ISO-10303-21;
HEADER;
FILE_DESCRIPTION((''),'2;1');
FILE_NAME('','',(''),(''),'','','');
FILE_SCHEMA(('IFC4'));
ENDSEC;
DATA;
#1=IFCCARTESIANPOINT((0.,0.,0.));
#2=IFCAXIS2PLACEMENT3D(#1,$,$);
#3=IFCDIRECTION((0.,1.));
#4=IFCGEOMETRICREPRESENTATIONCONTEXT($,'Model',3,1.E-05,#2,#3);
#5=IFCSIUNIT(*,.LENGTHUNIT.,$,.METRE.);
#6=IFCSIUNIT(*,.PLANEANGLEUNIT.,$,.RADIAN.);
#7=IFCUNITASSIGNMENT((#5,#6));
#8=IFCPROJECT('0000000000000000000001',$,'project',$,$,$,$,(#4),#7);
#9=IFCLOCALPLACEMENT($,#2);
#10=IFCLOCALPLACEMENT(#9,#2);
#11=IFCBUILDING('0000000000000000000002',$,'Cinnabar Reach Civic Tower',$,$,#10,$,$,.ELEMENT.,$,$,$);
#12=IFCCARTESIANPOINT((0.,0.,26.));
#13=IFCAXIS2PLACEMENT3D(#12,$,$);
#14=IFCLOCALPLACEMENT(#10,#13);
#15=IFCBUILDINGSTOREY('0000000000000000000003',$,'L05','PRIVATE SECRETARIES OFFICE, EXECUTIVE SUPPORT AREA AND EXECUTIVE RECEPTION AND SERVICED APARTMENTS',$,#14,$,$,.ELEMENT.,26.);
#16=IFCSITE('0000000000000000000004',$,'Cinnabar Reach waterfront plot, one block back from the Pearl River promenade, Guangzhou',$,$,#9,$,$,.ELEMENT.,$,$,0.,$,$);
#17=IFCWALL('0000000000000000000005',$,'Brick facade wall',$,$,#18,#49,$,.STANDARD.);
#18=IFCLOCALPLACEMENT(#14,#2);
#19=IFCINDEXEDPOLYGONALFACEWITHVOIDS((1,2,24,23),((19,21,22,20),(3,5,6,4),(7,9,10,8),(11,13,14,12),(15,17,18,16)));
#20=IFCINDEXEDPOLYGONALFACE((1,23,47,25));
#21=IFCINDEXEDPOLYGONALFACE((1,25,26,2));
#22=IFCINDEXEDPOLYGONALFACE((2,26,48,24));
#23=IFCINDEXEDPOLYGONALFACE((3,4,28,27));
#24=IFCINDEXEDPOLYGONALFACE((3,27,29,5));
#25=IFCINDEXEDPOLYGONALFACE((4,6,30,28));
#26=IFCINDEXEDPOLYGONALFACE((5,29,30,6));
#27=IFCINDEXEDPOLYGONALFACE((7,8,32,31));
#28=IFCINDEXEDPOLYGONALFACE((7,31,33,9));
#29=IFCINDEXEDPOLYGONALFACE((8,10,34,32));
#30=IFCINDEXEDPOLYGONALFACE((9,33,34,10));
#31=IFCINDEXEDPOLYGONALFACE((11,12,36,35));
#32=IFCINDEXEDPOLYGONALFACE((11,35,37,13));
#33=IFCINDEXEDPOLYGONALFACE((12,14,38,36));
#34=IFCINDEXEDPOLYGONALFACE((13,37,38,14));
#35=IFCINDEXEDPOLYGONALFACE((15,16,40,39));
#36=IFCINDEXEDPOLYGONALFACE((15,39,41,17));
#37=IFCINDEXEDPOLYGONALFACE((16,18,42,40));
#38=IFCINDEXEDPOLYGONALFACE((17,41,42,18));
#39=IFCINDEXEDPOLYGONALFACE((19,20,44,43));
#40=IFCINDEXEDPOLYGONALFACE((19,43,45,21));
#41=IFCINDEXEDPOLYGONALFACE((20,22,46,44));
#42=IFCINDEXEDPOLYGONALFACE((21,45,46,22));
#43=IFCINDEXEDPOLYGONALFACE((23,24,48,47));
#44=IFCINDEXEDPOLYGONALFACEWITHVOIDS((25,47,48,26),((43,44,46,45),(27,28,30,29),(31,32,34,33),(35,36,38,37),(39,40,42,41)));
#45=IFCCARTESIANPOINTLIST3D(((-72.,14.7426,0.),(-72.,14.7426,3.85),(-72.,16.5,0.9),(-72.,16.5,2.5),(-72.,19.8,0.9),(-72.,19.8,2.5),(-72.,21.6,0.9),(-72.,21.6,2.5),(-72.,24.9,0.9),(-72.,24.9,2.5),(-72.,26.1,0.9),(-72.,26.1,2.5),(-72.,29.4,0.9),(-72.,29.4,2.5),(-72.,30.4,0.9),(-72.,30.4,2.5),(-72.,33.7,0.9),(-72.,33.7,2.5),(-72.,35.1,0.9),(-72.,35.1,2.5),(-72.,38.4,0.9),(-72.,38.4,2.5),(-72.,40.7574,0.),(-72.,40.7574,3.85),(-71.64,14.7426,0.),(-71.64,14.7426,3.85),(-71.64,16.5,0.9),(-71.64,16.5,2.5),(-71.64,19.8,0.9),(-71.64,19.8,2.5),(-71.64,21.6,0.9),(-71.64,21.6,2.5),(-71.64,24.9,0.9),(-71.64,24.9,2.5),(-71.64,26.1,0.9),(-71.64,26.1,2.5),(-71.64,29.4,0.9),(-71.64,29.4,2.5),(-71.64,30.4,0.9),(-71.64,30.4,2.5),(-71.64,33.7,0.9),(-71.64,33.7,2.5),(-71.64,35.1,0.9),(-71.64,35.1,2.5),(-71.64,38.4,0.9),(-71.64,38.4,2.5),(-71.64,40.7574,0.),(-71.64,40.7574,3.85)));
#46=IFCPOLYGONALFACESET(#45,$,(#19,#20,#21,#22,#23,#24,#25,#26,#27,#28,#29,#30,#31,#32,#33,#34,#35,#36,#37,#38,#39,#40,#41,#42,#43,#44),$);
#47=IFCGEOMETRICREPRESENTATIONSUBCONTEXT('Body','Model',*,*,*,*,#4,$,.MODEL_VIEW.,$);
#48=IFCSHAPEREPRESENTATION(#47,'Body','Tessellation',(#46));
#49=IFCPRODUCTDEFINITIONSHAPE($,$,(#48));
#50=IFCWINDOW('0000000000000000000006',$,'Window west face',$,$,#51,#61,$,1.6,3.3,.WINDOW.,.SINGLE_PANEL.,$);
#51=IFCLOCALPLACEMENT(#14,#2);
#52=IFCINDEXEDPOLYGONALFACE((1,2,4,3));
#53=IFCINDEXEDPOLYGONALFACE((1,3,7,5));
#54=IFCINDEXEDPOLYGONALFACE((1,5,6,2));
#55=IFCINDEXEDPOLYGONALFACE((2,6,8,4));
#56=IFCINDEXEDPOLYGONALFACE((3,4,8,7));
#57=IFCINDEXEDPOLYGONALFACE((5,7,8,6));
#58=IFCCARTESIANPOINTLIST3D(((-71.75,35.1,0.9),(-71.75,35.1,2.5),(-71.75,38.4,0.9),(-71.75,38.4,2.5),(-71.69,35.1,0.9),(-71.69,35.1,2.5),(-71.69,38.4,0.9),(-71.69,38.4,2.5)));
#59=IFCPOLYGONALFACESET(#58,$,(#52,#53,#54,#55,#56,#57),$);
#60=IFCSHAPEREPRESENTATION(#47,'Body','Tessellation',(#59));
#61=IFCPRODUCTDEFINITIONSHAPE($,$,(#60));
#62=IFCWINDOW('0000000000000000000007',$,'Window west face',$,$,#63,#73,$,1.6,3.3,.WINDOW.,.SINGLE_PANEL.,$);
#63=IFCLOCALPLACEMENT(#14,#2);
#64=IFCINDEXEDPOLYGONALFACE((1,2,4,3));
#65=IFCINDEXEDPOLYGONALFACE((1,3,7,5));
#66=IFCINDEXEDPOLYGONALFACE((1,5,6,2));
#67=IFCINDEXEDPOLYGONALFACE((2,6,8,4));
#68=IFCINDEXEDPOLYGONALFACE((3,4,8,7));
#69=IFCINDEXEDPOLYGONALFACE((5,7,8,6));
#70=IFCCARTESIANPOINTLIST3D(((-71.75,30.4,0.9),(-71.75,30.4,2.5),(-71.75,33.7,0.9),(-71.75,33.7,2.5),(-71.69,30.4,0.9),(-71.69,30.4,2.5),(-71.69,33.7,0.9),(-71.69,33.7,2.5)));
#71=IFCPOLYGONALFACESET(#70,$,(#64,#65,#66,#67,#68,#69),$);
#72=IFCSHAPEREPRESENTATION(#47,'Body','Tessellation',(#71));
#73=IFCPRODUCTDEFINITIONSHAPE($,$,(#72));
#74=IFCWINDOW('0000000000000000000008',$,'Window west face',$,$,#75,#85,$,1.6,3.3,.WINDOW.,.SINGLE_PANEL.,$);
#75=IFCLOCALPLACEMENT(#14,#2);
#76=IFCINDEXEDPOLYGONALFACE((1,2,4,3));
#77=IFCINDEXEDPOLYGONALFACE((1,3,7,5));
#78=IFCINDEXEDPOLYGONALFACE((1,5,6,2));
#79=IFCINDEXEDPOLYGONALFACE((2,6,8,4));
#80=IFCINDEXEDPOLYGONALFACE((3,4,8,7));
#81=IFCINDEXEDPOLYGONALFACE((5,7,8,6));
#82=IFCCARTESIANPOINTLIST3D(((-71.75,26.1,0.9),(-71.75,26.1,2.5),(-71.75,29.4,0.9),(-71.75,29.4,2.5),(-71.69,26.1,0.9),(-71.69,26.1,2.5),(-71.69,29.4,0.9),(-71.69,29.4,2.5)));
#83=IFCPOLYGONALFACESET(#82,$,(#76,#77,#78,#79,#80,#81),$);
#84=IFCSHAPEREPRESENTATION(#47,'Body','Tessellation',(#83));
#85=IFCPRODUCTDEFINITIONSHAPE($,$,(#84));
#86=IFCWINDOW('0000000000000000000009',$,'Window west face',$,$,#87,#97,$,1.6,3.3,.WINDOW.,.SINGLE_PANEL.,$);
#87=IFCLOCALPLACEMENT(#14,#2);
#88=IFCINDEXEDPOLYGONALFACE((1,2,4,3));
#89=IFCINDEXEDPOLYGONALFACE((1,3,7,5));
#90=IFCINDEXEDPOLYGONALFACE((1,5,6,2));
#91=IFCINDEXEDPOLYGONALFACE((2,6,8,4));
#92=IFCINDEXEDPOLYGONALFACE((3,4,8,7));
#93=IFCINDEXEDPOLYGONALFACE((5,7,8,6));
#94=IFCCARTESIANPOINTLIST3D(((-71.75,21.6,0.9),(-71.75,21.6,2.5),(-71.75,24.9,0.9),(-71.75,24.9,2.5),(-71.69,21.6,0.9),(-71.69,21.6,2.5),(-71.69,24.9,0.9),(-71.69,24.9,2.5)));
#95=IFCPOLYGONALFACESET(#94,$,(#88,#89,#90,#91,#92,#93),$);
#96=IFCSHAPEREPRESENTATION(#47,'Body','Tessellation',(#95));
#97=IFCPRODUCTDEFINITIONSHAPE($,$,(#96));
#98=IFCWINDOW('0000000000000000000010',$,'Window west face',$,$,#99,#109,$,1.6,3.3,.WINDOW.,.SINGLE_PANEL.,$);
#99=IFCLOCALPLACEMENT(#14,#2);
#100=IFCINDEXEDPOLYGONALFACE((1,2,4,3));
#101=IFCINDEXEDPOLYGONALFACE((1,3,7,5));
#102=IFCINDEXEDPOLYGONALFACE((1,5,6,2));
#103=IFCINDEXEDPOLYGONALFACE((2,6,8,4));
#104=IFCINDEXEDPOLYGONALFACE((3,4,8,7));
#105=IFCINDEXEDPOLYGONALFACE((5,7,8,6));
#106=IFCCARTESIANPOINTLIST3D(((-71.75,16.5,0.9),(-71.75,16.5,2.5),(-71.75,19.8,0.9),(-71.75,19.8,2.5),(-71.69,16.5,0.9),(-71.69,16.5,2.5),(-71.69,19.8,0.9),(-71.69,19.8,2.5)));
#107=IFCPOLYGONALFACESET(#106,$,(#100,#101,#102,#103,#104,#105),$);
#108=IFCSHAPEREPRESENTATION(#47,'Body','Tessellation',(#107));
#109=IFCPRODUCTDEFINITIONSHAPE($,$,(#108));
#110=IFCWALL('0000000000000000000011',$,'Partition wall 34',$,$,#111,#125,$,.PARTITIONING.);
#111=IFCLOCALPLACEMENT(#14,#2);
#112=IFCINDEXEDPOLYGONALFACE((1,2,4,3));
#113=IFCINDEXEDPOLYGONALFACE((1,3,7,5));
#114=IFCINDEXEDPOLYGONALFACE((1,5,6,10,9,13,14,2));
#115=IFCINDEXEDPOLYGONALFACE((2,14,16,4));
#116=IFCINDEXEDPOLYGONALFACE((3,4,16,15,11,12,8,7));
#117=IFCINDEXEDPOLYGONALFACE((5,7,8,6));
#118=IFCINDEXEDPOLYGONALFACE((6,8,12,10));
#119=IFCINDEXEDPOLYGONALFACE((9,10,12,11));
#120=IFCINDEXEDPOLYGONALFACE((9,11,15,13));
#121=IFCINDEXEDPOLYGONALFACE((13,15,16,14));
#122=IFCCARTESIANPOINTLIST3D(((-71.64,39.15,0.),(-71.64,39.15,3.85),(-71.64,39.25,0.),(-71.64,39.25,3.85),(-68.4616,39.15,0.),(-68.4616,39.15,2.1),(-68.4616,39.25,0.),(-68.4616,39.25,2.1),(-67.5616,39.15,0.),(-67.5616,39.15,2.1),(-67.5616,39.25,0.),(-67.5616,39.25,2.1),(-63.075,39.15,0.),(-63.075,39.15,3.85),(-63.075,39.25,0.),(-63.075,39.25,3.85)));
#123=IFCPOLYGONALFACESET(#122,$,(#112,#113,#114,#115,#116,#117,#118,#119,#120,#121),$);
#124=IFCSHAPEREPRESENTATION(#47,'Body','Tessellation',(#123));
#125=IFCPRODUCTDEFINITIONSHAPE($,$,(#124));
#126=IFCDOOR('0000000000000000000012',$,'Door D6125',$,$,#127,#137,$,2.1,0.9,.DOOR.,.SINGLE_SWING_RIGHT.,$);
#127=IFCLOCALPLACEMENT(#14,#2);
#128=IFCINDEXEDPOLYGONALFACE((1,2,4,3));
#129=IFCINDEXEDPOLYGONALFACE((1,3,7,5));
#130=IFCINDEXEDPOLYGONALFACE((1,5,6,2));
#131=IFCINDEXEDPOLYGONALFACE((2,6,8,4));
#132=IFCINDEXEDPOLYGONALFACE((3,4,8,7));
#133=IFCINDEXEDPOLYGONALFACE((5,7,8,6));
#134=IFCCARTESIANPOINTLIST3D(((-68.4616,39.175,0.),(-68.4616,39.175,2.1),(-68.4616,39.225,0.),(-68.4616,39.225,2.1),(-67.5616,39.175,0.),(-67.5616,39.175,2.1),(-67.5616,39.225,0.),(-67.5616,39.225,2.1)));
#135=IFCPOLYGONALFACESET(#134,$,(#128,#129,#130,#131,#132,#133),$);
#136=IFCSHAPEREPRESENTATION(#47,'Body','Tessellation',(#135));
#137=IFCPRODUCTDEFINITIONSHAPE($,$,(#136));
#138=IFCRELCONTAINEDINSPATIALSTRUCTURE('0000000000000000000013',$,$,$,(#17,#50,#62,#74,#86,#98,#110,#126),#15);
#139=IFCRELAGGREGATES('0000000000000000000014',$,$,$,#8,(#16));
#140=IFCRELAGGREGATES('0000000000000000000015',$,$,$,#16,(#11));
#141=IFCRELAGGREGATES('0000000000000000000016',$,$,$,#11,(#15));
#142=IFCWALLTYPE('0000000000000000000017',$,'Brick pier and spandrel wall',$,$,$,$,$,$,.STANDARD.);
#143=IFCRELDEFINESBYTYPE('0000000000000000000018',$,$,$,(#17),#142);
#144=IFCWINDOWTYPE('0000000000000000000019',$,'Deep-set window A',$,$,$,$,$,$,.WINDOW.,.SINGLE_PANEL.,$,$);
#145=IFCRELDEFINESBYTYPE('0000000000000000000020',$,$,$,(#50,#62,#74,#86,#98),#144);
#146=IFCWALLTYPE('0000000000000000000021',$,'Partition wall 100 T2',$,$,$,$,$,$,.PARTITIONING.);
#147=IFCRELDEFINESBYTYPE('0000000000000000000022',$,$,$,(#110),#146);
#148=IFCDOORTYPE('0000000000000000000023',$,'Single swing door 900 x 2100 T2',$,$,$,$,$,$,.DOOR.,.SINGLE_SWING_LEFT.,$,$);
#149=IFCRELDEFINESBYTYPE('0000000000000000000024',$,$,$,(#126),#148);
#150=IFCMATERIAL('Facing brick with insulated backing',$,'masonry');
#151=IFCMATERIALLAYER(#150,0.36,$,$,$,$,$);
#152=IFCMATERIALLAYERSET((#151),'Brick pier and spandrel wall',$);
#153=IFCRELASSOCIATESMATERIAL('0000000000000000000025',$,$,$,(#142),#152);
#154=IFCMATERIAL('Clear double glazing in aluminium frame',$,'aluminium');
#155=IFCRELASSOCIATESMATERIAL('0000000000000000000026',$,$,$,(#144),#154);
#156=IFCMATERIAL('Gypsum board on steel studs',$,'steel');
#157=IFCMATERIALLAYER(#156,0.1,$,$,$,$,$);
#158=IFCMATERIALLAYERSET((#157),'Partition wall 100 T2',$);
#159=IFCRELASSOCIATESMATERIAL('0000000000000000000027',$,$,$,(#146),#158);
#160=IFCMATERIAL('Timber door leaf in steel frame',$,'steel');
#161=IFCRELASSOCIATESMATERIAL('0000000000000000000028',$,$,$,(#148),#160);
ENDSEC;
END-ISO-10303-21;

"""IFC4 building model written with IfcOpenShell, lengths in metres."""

from ifc_helpers import new_model, si_unit, direction, frame, frame_2d, origin, place, context, subcontext, project, spatial, rectangle, extrude, material, layer, layer_set, type_object, element, fill, save


model = new_model("IFC4")

# Units and contexts
model_context = context("Model", 3, precision=1e-05, world=origin(), true_north=direction((0.0, 1.0)))
body_context = subcontext(model_context, "Body", "Model", "MODEL_VIEW")
ifc_project = project(units=[si_unit("LENGTHUNIT", "METRE"), si_unit("PLANEANGLEUNIT", "RADIAN")], contexts=[model_context])

# Site, building, storey
site_placement = place(None, origin())
site = spatial("IfcSite", under=ifc_project, at=site_placement, Name="Cinnabar Reach waterfront plot, one block back from the Pearl River promenade, Guangzhou", CompositionType="ELEMENT", RefElevation=0.0)
building_placement = place(site_placement, origin())
building = spatial("IfcBuilding", under=site, at=building_placement, Name="Cinnabar Reach Civic Tower", CompositionType="ELEMENT")
storey_placement = place(building_placement, frame((0.0, 0.0, 26.0)))
storey = spatial("IfcBuildingStorey", under=building, at=storey_placement, Name="L05", Description="PRIVATE SECRETARIES OFFICE, EXECUTIVE SUPPORT AREA AND EXECUTIVE RECEPTION AND SERVICED APARTMENTS", CompositionType="ELEMENT", Elevation=26.0)

# Shared definitions
ifc_material_1 = material(Name="Facing brick with insulated backing", Category="masonry")
ifc_layer_1 = layer(ifc_material_1, 0.36)
ifc_layer_set_1 = layer_set([ifc_layer_1], Name="Brick pier and spandrel wall")
wall_type_1 = type_object("IfcWallType", Name="Brick pier and spandrel wall", PredefinedType="STANDARD", material=ifc_layer_set_1)

# Wall, openings, windows
wall_1_placement = place(storey_placement, frame((-71.82, 40.7574, 0.0), z_axis=(0.0, 0.0, 1.0), x_axis=(0.0, -1.0, 0.0)))
wall_1 = element("IfcWall", 1, at=wall_1_placement, inside=storey, type_object=wall_type_1, Name="Brick facade wall", PredefinedType="STANDARD", context=body_context, shape_type="SweptSolid", body=[
    extrude(rectangle(XDim=26.0148, YDim=0.36, at=frame_2d((13.0074, 0.0))), origin(), (0.0, 0.0, 1.0), 3.85),
])
opening_1_placement = place(wall_1_placement, frame((2.3574, 0.0, 0.9)))
opening_1 = element("IfcOpeningElement", 2, at=opening_1_placement, cuts=wall_1, PredefinedType="OPENING", context=body_context, shape_type="SweptSolid", body=[
    extrude(rectangle(XDim=3.3, YDim=1.6, at=frame_2d((1.65, 0.8))), frame((0.0, 0.19, 0.0), z_axis=(0.0, -1.0, 0.0), x_axis=(1.0, 0.0, 0.0)), (0.0, 0.0, 1.0), 0.38),
])
opening_2_placement = place(wall_1_placement, frame((7.0574, 0.0, 0.9)))
opening_2 = element("IfcOpeningElement", 3, at=opening_2_placement, cuts=wall_1, PredefinedType="OPENING", context=body_context, shape_type="SweptSolid", body=[
    extrude(rectangle(XDim=3.3, YDim=1.6, at=frame_2d((1.65, 0.8))), frame((0.0, 0.19, 0.0), z_axis=(0.0, -1.0, 0.0), x_axis=(1.0, 0.0, 0.0)), (0.0, 0.0, 1.0), 0.38),
])
opening_3_placement = place(wall_1_placement, frame((11.3574, 0.0, 0.9)))
opening_3 = element("IfcOpeningElement", 4, at=opening_3_placement, cuts=wall_1, PredefinedType="OPENING", context=body_context, shape_type="SweptSolid", body=[
    extrude(rectangle(XDim=3.3, YDim=1.6, at=frame_2d((1.65, 0.8))), frame((0.0, 0.19, 0.0), z_axis=(0.0, -1.0, 0.0), x_axis=(1.0, 0.0, 0.0)), (0.0, 0.0, 1.0), 0.38),
])
opening_4_placement = place(wall_1_placement, frame((15.8574, 0.0, 0.9)))
opening_4 = element("IfcOpeningElement", 5, at=opening_4_placement, cuts=wall_1, PredefinedType="OPENING", context=body_context, shape_type="SweptSolid", body=[
    extrude(rectangle(XDim=3.3, YDim=1.6, at=frame_2d((1.65, 0.8))), frame((0.0, 0.19, 0.0), z_axis=(0.0, -1.0, 0.0), x_axis=(1.0, 0.0, 0.0)), (0.0, 0.0, 1.0), 0.38),
])
opening_5_placement = place(wall_1_placement, frame((20.9574, 0.0, 0.9)))
opening_5 = element("IfcOpeningElement", 6, at=opening_5_placement, cuts=wall_1, PredefinedType="OPENING", context=body_context, shape_type="SweptSolid", body=[
    extrude(rectangle(XDim=3.3, YDim=1.6, at=frame_2d((1.65, 0.8))), frame((0.0, 0.19, 0.0), z_axis=(0.0, -1.0, 0.0), x_axis=(1.0, 0.0, 0.0)), (0.0, 0.0, 1.0), 0.38),
])
ifc_material_2 = material(Name="Clear double glazing in aluminium frame", Category="aluminium")
window_type = type_object("IfcWindowType", Name="Deep-set window A", PartitioningType="SINGLE_PANEL", PredefinedType="WINDOW", material=ifc_material_2)
window_1_placement = place(opening_1_placement, origin())
window_1 = element("IfcWindow", 7, at=window_1_placement, inside=storey, type_object=window_type, Name="Window west face", OverallHeight=1.6, OverallWidth=3.3, PartitioningType="SINGLE_PANEL", PredefinedType="WINDOW", context=body_context, shape_type="SweptSolid", body=[
    extrude(rectangle(XDim=3.3, YDim=1.6, at=frame_2d((1.65, 0.8))), frame((0.0, 0.13, 0.0), z_axis=(0.0, -1.0, 0.0), x_axis=(1.0, 0.0, 0.0)), (0.0, 0.0, 1.0), 0.06),
])
fill(opening_1, window_1)
window_2_placement = place(opening_2_placement, origin())
window_2 = element("IfcWindow", 8, at=window_2_placement, inside=storey, type_object=window_type, Name="Window west face", OverallHeight=1.6, OverallWidth=3.3, PartitioningType="SINGLE_PANEL", PredefinedType="WINDOW", context=body_context, shape_type="SweptSolid", body=[
    extrude(rectangle(XDim=3.3, YDim=1.6, at=frame_2d((1.65, 0.8))), frame((0.0, 0.13, 0.0), z_axis=(0.0, -1.0, 0.0), x_axis=(1.0, 0.0, 0.0)), (0.0, 0.0, 1.0), 0.06),
])
fill(opening_2, window_2)
window_3_placement = place(opening_3_placement, origin())
window_3 = element("IfcWindow", 9, at=window_3_placement, inside=storey, type_object=window_type, Name="Window west face", OverallHeight=1.6, OverallWidth=3.3, PartitioningType="SINGLE_PANEL", PredefinedType="WINDOW", context=body_context, shape_type="SweptSolid", body=[
    extrude(rectangle(XDim=3.3, YDim=1.6, at=frame_2d((1.65, 0.8))), frame((0.0, 0.13, 0.0), z_axis=(0.0, -1.0, 0.0), x_axis=(1.0, 0.0, 0.0)), (0.0, 0.0, 1.0), 0.06),
])
fill(opening_3, window_3)
window_4_placement = place(opening_4_placement, origin())
window_4 = element("IfcWindow", 10, at=window_4_placement, inside=storey, type_object=window_type, Name="Window west face", OverallHeight=1.6, OverallWidth=3.3, PartitioningType="SINGLE_PANEL", PredefinedType="WINDOW", context=body_context, shape_type="SweptSolid", body=[
    extrude(rectangle(XDim=3.3, YDim=1.6, at=frame_2d((1.65, 0.8))), frame((0.0, 0.13, 0.0), z_axis=(0.0, -1.0, 0.0), x_axis=(1.0, 0.0, 0.0)), (0.0, 0.0, 1.0), 0.06),
])
fill(opening_4, window_4)
window_5_placement = place(opening_5_placement, origin())
window_5 = element("IfcWindow", 11, at=window_5_placement, inside=storey, type_object=window_type, Name="Window west face", OverallHeight=1.6, OverallWidth=3.3, PartitioningType="SINGLE_PANEL", PredefinedType="WINDOW", context=body_context, shape_type="SweptSolid", body=[
    extrude(rectangle(XDim=3.3, YDim=1.6, at=frame_2d((1.65, 0.8))), frame((0.0, 0.13, 0.0), z_axis=(0.0, -1.0, 0.0), x_axis=(1.0, 0.0, 0.0)), (0.0, 0.0, 1.0), 0.06),
])
fill(opening_5, window_5)

# Wall, opening, door
ifc_material_3 = material(Name="Gypsum board on steel studs", Category="steel")
ifc_layer_2 = layer(ifc_material_3, 0.1)
ifc_layer_set_2 = layer_set([ifc_layer_2], Name="Partition wall 100 T2")
wall_type_2 = type_object("IfcWallType", Name="Partition wall 100 T2", PredefinedType="PARTITIONING", material=ifc_layer_set_2)
wall_2_placement = place(storey_placement, frame((-71.64, 39.2, 0.0), z_axis=(0.0, 0.0, 1.0), x_axis=(1.0, 0.0, 0.0)))
wall_2 = element("IfcWall", 12, at=wall_2_placement, inside=storey, type_object=wall_type_2, Name="Partition wall 34", PredefinedType="PARTITIONING", context=body_context, shape_type="SweptSolid", body=[
    extrude(rectangle(XDim=8.565, YDim=0.1, at=frame_2d((4.2825, 0.0))), origin(), (0.0, 0.0, 1.0), 3.85),
])
opening_6_placement = place(wall_2_placement, frame((3.1784, 0.0, 0.0)))
opening_6 = element("IfcOpeningElement", 13, at=opening_6_placement, cuts=wall_2, PredefinedType="OPENING", context=body_context, shape_type="SweptSolid", body=[
    extrude(rectangle(XDim=0.9, YDim=2.1, at=frame_2d((0.45, 1.05))), frame((0.0, 0.06, 0.0), z_axis=(0.0, -1.0, 0.0), x_axis=(1.0, 0.0, 0.0)), (0.0, 0.0, 1.0), 0.12),
])
ifc_material_4 = material(Name="Timber door leaf in steel frame", Category="steel")
door_type = type_object("IfcDoorType", Name="Single swing door 900 x 2100 T2", OperationType="SINGLE_SWING_LEFT", PredefinedType="DOOR", material=ifc_material_4)
door_placement = place(opening_6_placement, frame((0.9, 0.0, 0.0), z_axis=(0.0, 0.0, 1.0), x_axis=(-1.0, 0.0, 0.0)))
door = element("IfcDoor", 14, at=door_placement, inside=storey, type_object=door_type, Name="Door D6125", OperationType="SINGLE_SWING_RIGHT", OverallHeight=2.1, OverallWidth=0.9, PredefinedType="DOOR", context=body_context, shape_type="SweptSolid", body=[
    extrude(rectangle(XDim=0.9, YDim=2.1, at=frame_2d((0.45, 1.05))), frame((0.0, 0.025, 0.0), z_axis=(0.0, -1.0, 0.0), x_axis=(1.0, 0.0, 0.0)), (0.0, 0.0, 1.0), 0.05),
])
fill(opening_6, door)

save(model, "model.ifc")
